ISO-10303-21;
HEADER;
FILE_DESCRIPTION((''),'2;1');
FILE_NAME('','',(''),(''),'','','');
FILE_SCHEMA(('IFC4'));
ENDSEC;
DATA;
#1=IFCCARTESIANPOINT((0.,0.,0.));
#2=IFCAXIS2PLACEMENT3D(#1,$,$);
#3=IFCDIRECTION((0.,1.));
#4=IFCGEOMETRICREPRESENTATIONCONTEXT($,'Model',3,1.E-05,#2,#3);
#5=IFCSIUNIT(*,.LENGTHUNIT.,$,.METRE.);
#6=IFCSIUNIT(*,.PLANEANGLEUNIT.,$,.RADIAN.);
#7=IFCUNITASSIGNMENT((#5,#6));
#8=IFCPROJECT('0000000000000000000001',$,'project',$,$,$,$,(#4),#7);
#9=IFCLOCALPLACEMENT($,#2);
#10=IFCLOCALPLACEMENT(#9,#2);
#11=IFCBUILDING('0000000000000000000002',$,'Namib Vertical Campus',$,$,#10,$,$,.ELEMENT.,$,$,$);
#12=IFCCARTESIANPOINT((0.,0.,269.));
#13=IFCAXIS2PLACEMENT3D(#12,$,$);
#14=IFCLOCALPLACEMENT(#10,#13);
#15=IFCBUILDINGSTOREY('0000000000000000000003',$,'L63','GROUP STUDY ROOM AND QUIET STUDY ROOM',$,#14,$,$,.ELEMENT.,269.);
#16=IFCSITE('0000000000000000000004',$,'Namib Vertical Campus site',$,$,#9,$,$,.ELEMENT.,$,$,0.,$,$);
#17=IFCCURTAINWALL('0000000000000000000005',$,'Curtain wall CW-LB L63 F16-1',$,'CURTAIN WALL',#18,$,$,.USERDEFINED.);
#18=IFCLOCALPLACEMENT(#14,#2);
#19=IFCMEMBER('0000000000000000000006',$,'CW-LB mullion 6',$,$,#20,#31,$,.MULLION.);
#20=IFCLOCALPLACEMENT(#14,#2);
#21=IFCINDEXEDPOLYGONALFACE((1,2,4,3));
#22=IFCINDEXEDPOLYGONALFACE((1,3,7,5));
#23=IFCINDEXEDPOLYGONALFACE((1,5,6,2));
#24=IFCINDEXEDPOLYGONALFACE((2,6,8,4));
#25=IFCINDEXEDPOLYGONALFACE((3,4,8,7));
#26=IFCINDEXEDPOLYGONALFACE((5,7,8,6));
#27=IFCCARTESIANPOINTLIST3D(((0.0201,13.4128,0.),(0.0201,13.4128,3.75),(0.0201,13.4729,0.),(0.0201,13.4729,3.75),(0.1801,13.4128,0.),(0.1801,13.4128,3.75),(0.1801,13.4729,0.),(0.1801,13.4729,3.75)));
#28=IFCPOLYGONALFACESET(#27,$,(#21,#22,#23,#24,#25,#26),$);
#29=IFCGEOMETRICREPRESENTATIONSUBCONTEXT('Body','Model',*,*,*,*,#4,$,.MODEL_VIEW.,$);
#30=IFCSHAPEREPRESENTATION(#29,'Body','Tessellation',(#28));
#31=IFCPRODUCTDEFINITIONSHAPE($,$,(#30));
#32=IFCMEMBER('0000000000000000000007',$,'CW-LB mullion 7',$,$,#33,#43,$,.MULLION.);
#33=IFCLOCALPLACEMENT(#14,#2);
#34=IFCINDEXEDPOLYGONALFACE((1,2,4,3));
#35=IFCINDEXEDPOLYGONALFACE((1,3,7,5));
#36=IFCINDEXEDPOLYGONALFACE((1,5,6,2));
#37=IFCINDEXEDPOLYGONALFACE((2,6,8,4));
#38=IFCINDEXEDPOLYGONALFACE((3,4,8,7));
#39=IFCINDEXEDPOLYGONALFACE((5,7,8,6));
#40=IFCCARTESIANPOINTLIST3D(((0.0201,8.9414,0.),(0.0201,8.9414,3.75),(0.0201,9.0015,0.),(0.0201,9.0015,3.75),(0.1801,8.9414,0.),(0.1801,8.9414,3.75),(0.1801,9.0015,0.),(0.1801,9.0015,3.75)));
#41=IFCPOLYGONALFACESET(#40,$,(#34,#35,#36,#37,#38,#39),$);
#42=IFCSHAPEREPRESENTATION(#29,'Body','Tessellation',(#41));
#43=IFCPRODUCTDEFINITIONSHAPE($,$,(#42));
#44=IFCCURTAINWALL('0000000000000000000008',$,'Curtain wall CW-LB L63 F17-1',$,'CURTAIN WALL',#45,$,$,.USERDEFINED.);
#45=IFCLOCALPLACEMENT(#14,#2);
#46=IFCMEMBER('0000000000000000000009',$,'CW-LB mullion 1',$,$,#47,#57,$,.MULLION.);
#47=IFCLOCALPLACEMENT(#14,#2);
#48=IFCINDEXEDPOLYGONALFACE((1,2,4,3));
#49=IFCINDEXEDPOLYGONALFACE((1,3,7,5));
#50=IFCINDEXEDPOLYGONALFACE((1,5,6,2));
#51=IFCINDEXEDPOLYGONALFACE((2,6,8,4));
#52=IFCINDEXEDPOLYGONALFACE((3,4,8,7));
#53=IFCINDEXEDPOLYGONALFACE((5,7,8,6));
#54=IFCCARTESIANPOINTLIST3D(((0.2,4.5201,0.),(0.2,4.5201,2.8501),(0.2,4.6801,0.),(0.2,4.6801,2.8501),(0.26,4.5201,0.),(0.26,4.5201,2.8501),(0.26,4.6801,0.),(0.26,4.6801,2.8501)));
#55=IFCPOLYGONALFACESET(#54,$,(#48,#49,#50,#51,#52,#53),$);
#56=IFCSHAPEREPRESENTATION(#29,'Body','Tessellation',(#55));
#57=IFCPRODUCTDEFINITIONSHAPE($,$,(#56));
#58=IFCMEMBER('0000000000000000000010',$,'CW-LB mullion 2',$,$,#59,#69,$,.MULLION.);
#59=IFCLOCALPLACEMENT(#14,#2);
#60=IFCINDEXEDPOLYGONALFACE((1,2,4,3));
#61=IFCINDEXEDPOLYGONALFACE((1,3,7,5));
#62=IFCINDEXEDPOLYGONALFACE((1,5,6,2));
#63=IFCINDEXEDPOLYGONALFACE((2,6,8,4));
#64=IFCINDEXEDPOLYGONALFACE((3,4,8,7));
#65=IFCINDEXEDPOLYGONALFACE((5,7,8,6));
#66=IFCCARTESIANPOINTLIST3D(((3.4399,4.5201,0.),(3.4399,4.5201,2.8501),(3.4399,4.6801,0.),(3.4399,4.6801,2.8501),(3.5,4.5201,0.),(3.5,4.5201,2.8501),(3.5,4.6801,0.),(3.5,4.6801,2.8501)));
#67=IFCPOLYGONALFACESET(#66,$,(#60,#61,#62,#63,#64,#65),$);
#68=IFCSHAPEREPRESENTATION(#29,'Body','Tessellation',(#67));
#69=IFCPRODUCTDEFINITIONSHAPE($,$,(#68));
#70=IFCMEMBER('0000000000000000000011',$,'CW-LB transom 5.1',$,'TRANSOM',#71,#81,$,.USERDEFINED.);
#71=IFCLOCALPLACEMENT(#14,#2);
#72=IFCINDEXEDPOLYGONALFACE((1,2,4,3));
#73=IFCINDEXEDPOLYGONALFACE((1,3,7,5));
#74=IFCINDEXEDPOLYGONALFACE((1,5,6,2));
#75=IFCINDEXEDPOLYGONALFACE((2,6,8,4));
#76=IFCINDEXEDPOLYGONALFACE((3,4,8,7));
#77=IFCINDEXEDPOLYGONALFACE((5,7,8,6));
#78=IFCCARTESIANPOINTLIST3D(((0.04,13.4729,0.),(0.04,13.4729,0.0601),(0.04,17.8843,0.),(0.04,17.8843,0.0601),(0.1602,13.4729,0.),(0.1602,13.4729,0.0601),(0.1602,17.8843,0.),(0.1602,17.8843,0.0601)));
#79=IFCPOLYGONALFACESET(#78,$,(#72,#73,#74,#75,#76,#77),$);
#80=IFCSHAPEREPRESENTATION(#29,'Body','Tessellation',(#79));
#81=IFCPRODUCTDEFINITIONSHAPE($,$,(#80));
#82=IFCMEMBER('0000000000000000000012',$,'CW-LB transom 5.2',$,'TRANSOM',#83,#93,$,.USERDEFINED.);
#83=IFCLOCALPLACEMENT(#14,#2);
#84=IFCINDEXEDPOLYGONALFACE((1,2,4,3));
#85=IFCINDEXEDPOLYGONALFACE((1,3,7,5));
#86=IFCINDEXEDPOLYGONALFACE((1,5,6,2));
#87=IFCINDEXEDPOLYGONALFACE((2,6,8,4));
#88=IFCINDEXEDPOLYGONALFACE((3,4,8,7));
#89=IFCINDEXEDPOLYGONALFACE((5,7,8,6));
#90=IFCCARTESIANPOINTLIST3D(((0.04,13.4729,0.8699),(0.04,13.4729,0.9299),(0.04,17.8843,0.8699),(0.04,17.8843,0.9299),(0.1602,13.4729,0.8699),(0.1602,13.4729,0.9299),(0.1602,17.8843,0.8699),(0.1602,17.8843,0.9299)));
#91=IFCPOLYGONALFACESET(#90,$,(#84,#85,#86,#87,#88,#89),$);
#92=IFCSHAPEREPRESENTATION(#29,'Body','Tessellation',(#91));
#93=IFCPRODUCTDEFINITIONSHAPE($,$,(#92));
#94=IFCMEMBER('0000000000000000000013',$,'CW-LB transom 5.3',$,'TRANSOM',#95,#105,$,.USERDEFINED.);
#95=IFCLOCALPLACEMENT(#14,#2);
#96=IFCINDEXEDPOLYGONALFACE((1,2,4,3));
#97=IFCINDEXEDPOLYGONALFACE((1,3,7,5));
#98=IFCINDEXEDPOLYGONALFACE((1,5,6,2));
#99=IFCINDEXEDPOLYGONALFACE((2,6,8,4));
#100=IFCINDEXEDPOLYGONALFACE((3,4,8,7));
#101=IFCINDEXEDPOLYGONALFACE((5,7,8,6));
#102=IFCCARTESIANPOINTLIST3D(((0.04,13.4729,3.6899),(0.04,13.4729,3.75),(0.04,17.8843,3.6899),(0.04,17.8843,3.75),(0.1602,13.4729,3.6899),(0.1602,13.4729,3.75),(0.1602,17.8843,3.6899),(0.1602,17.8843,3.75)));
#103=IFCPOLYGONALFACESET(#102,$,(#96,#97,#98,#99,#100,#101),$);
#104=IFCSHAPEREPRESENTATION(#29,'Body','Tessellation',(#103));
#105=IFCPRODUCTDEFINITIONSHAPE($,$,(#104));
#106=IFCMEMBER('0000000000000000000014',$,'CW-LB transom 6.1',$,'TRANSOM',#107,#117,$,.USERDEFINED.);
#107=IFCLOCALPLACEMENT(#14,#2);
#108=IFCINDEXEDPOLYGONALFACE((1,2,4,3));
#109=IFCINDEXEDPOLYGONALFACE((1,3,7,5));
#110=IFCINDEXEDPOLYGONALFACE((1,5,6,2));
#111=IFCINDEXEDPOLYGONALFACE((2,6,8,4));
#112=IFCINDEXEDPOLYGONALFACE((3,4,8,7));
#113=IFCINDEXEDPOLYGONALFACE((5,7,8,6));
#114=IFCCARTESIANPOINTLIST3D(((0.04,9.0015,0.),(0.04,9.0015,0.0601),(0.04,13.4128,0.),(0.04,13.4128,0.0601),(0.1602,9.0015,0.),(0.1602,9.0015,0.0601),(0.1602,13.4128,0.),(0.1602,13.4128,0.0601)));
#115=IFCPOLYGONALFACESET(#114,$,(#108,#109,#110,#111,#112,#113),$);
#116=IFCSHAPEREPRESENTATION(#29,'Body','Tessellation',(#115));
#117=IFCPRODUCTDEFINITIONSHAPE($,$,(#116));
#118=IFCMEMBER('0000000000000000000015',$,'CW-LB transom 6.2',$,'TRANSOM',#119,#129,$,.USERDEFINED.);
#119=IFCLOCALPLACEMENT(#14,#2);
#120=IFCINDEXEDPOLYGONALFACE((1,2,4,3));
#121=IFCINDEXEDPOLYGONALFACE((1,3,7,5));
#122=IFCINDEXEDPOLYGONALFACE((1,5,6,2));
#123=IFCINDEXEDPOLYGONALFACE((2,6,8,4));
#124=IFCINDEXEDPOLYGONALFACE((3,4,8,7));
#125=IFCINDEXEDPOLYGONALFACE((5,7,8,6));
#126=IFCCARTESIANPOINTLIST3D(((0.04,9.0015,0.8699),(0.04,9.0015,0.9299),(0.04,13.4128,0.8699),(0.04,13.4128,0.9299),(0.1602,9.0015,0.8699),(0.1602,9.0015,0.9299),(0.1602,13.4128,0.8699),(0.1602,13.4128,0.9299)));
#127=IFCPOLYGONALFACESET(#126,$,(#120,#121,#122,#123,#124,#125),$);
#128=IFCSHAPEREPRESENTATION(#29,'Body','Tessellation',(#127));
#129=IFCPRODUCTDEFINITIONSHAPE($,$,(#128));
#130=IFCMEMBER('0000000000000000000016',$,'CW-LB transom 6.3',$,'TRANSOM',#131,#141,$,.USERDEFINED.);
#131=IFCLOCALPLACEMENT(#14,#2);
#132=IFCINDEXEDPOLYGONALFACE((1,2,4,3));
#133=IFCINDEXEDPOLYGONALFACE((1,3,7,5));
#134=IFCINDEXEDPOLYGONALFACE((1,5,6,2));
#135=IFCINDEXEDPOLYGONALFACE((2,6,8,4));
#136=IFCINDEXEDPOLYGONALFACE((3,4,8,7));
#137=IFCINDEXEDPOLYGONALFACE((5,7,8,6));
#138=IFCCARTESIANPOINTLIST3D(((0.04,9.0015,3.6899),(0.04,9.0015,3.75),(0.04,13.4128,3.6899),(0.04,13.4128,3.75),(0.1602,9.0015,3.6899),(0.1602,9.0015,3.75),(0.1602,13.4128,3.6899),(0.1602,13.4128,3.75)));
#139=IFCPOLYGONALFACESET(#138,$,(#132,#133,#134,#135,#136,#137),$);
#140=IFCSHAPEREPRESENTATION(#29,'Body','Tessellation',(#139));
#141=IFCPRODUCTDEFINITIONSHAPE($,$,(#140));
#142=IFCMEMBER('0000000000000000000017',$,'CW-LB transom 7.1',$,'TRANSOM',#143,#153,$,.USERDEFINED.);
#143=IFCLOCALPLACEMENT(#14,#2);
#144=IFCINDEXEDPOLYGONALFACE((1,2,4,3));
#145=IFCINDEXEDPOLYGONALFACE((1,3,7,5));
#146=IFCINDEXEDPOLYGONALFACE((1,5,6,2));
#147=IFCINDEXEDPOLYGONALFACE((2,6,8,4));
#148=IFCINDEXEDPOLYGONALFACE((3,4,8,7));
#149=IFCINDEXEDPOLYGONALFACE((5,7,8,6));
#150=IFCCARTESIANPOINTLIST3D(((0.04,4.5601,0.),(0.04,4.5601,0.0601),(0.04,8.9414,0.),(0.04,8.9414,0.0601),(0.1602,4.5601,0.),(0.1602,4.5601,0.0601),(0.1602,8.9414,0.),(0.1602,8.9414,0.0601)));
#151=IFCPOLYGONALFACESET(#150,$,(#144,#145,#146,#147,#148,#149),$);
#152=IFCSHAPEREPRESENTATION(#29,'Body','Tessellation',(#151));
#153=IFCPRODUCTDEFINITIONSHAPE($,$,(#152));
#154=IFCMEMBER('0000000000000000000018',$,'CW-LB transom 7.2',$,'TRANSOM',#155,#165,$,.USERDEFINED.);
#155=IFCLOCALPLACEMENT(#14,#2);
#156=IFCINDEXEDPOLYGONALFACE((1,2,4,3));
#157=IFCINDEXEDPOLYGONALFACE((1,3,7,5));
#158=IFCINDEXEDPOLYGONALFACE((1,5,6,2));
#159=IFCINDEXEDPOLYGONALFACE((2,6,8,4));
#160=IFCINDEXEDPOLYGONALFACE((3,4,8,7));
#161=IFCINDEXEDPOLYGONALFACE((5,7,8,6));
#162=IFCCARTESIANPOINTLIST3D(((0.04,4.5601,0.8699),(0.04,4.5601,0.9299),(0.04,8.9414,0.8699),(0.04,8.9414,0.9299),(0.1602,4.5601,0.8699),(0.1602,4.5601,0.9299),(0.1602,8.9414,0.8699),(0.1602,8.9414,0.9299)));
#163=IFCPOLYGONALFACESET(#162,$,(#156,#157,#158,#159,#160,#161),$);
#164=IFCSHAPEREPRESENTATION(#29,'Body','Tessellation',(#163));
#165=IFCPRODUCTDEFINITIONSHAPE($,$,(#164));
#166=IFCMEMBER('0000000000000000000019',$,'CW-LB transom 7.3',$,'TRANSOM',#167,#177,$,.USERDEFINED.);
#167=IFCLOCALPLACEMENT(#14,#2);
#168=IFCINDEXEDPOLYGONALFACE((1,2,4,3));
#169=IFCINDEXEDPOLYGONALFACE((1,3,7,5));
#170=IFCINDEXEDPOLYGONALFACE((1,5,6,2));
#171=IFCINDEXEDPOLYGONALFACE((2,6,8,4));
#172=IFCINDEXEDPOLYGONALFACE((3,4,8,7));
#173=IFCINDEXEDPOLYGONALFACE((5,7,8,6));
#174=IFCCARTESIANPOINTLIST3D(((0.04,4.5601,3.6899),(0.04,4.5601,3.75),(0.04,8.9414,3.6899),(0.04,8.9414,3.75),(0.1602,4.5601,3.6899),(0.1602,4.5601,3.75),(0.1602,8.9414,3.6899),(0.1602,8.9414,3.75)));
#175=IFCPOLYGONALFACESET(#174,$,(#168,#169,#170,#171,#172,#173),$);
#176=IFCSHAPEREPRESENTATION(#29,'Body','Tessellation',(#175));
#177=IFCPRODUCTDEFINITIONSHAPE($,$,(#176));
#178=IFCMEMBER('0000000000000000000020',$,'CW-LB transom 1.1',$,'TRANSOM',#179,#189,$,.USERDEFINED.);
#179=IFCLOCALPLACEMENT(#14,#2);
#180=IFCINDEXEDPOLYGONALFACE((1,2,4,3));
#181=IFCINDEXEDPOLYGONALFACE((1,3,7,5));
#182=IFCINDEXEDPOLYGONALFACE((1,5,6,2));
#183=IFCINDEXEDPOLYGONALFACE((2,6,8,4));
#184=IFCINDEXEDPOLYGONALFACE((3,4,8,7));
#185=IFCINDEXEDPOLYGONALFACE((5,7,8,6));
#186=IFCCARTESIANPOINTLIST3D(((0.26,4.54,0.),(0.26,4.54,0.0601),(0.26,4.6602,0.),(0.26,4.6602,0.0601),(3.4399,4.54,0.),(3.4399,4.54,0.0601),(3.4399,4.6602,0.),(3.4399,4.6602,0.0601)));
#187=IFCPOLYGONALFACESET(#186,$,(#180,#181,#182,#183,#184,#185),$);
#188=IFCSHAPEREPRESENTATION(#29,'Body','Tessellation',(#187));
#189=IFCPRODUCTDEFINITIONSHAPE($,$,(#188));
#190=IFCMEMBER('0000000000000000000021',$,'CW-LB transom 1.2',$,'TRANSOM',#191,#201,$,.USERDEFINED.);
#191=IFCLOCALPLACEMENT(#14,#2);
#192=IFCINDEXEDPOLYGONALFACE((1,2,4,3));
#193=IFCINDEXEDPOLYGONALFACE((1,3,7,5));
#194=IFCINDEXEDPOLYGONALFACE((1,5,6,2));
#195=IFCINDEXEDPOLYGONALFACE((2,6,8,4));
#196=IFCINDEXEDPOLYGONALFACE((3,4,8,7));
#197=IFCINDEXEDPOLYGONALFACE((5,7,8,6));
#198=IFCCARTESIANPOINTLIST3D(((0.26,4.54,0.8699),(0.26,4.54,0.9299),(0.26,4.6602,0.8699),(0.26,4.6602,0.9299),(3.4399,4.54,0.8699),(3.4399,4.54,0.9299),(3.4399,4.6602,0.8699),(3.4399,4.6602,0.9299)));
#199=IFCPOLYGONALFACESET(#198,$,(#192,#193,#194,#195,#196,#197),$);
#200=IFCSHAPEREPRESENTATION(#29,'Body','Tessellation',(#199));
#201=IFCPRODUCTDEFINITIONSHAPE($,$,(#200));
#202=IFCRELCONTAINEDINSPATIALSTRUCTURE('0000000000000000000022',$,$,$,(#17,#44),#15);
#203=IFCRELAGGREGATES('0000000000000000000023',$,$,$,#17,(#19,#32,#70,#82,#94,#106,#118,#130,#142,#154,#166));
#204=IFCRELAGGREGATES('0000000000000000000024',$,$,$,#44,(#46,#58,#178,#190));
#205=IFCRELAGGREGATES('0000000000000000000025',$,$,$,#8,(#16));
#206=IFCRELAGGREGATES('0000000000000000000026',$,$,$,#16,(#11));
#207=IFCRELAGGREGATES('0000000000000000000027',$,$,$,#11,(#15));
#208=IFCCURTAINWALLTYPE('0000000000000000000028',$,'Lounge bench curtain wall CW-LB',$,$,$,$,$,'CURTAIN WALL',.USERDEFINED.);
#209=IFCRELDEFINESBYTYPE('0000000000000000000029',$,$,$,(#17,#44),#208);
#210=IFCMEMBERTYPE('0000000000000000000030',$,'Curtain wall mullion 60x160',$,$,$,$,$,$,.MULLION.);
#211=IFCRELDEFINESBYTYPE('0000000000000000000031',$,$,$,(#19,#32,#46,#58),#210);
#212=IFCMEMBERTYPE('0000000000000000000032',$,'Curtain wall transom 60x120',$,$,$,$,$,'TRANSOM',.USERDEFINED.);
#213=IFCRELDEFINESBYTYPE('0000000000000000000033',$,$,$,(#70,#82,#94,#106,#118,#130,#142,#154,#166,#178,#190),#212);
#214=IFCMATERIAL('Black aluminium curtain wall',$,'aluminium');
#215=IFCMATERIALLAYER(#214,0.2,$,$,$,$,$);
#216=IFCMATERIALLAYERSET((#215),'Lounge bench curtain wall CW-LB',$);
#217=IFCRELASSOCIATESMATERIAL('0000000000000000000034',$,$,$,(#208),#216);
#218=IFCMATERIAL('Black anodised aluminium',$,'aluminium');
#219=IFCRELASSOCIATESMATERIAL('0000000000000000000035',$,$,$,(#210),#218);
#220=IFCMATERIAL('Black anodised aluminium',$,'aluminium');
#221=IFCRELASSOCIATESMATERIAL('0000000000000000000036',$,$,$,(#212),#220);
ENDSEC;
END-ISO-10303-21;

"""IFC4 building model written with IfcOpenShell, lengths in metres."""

from ifc_helpers import new_model, si_unit, direction, frame, origin, origin_2d, place, context, subcontext, project, spatial, rectangle, extrude, material, layer, layer_set, material_profile, profile_set, type_object, element, aggregate, save


model = new_model("IFC4")

# Units and contexts
model_context = context("Model", 3, precision=1e-05, world=origin(), true_north=direction((0.0, 1.0)))
body_context = subcontext(model_context, "Body", "Model", "MODEL_VIEW")
ifc_project = project(units=[si_unit("LENGTHUNIT", "METRE"), si_unit("PLANEANGLEUNIT", "RADIAN")], contexts=[model_context])

# Site, building, storey
site_placement = place(None, origin())
site = spatial("IfcSite", under=ifc_project, at=site_placement, Name="Namib Vertical Campus site", CompositionType="ELEMENT", RefElevation=0.0)
building_placement = place(site_placement, origin())
building = spatial("IfcBuilding", under=site, at=building_placement, Name="Namib Vertical Campus", CompositionType="ELEMENT")
storey_placement = place(building_placement, frame((0.0, 0.0, 269.0)))
storey = spatial("IfcBuildingStorey", under=building, at=storey_placement, Name="L63", Description="GROUP STUDY ROOM AND QUIET STUDY ROOM", CompositionType="ELEMENT", Elevation=269.0)

# Curtain walls, members
ifc_material_1 = material(Name="Black aluminium curtain wall", Category="aluminium")
ifc_layer_1 = layer(ifc_material_1, 0.2)
ifc_layer_set_1 = layer_set([ifc_layer_1], Name="Lounge bench curtain wall CW-LB")
curtain_wall_type = type_object("IfcCurtainWallType", Name="Lounge bench curtain wall CW-LB", ElementType="CURTAIN WALL", PredefinedType="USERDEFINED", material=ifc_layer_set_1)
curtain_wall_1_placement = place(storey_placement, origin())
curtain_wall_1 = element("IfcCurtainWall", 1, at=curtain_wall_1_placement, inside=storey, type_object=curtain_wall_type, Name="Curtain wall CW-LB L63 F16-1", ObjectType="CURTAIN WALL", PredefinedType="USERDEFINED")
ifc_material_2 = material(Name="Black anodised aluminium", Category="aluminium")
ifc_material_profile_1 = material_profile(ifc_material_2, rectangle(XDim=0.0601, YDim=0.1599, at=origin_2d()))
ifc_profile_set_1 = profile_set([ifc_material_profile_1], Name="Black anodised aluminium")
member_type_1 = type_object("IfcMemberType", Name="Curtain wall mullion 60x160", PredefinedType="MULLION", material=ifc_profile_set_1)
member_1_placement = place(storey_placement, frame((0.1001, 13.4429, 0.0), z_axis=(0.0, 0.0, 1.0), x_axis=(0.0, -1.0, 0.0)))
member_1 = element("IfcMember", 2, at=member_1_placement, type_object=member_type_1, Name="CW-LB mullion 6", PredefinedType="MULLION", context=body_context, shape_type="SweptSolid", body=[
    extrude(rectangle(XDim=0.0601, YDim=0.1599, at=origin_2d()), origin(), (0.0, 0.0, 1.0), 3.75),
])
member_2_placement = place(storey_placement, frame((0.1001, 8.9714, 0.0), z_axis=(0.0, 0.0, 1.0), x_axis=(0.0, -1.0, 0.0)))
member_2 = element("IfcMember", 3, at=member_2_placement, type_object=member_type_1, Name="CW-LB mullion 7", PredefinedType="MULLION", context=body_context, shape_type="SweptSolid", body=[
    extrude(rectangle(XDim=0.0601, YDim=0.1599, at=origin_2d()), origin(), (0.0, 0.0, 1.0), 3.75),
])
curtain_wall_2_placement = place(storey_placement, origin())
curtain_wall_2 = element("IfcCurtainWall", 4, at=curtain_wall_2_placement, inside=storey, type_object=curtain_wall_type, Name="Curtain wall CW-LB L63 F17-1", ObjectType="CURTAIN WALL", PredefinedType="USERDEFINED")
member_3_placement = place(storey_placement, frame((0.23, 4.6001, 0.0), z_axis=(0.0, 0.0, 1.0), x_axis=(1.0, 0.0, 0.0)))
member_3 = element("IfcMember", 5, at=member_3_placement, type_object=member_type_1, Name="CW-LB mullion 1", PredefinedType="MULLION", context=body_context, shape_type="SweptSolid", body=[
    extrude(rectangle(XDim=0.0601, YDim=0.1599, at=origin_2d()), origin(), (0.0, 0.0, 1.0), 2.8501),
])
member_4_placement = place(storey_placement, frame((3.47, 4.6001, 0.0), z_axis=(0.0, 0.0, 1.0), x_axis=(1.0, 0.0, 0.0)))
member_4 = element("IfcMember", 6, at=member_4_placement, type_object=member_type_1, Name="CW-LB mullion 2", PredefinedType="MULLION", context=body_context, shape_type="SweptSolid", body=[
    extrude(rectangle(XDim=0.0601, YDim=0.1599, at=origin_2d()), origin(), (0.0, 0.0, 1.0), 2.8501),
])

# Members
ifc_material_3 = material(Name="Black anodised aluminium", Category="aluminium")
ifc_material_profile_2 = material_profile(ifc_material_3, rectangle(XDim=0.0601, YDim=0.1201, at=origin_2d()))
ifc_profile_set_2 = profile_set([ifc_material_profile_2], Name="Black anodised aluminium")
member_type_2 = type_object("IfcMemberType", Name="Curtain wall transom 60x120", ElementType="TRANSOM", PredefinedType="USERDEFINED", material=ifc_profile_set_2)
member_5_placement = place(storey_placement, frame((0.1001, 17.8843, 0.03), z_axis=(0.0, -1.0, 0.0), x_axis=(0.0, 0.0, 1.0)))
member_5 = element("IfcMember", 7, at=member_5_placement, type_object=member_type_2, Name="CW-LB transom 5.1", ObjectType="TRANSOM", PredefinedType="USERDEFINED", context=body_context, shape_type="SweptSolid", body=[
    extrude(rectangle(XDim=0.0601, YDim=0.1201, at=origin_2d()), origin(), (0.0, 0.0, 1.0), 4.4114),
])
member_6_placement = place(storey_placement, frame((0.1001, 17.8843, 0.8999), z_axis=(0.0, -1.0, 0.0), x_axis=(0.0, 0.0, 1.0)))
member_6 = element("IfcMember", 8, at=member_6_placement, type_object=member_type_2, Name="CW-LB transom 5.2", ObjectType="TRANSOM", PredefinedType="USERDEFINED", context=body_context, shape_type="SweptSolid", body=[
    extrude(rectangle(XDim=0.0601, YDim=0.1201, at=origin_2d()), origin(), (0.0, 0.0, 1.0), 4.4114),
])
member_7_placement = place(storey_placement, frame((0.1001, 17.8843, 3.72), z_axis=(0.0, -1.0, 0.0), x_axis=(0.0, 0.0, 1.0)))
member_7 = element("IfcMember", 9, at=member_7_placement, type_object=member_type_2, Name="CW-LB transom 5.3", ObjectType="TRANSOM", PredefinedType="USERDEFINED", context=body_context, shape_type="SweptSolid", body=[
    extrude(rectangle(XDim=0.0601, YDim=0.1201, at=origin_2d()), origin(), (0.0, 0.0, 1.0), 4.4114),
])
member_8_placement = place(storey_placement, frame((0.1001, 13.4128, 0.03), z_axis=(0.0, -1.0, 0.0), x_axis=(0.0, 0.0, 1.0)))
member_8 = element("IfcMember", 10, at=member_8_placement, type_object=member_type_2, Name="CW-LB transom 6.1", ObjectType="TRANSOM", PredefinedType="USERDEFINED", context=body_context, shape_type="SweptSolid", body=[
    extrude(rectangle(XDim=0.0601, YDim=0.1201, at=origin_2d()), origin(), (0.0, 0.0, 1.0), 4.4114),
])
member_9_placement = place(storey_placement, frame((0.1001, 13.4128, 0.8999), z_axis=(0.0, -1.0, 0.0), x_axis=(0.0, 0.0, 1.0)))
member_9 = element("IfcMember", 11, at=member_9_placement, type_object=member_type_2, Name="CW-LB transom 6.2", ObjectType="TRANSOM", PredefinedType="USERDEFINED", context=body_context, shape_type="SweptSolid", body=[
    extrude(rectangle(XDim=0.0601, YDim=0.1201, at=origin_2d()), origin(), (0.0, 0.0, 1.0), 4.4114),
])
member_10_placement = place(storey_placement, frame((0.1001, 13.4128, 3.72), z_axis=(0.0, -1.0, 0.0), x_axis=(0.0, 0.0, 1.0)))
member_10 = element("IfcMember", 12, at=member_10_placement, type_object=member_type_2, Name="CW-LB transom 6.3", ObjectType="TRANSOM", PredefinedType="USERDEFINED", context=body_context, shape_type="SweptSolid", body=[
    extrude(rectangle(XDim=0.0601, YDim=0.1201, at=origin_2d()), origin(), (0.0, 0.0, 1.0), 4.4114),
])
member_11_placement = place(storey_placement, frame((0.1001, 8.9414, 0.03), z_axis=(0.0, -1.0, 0.0), x_axis=(0.0, 0.0, 1.0)))
member_11 = element("IfcMember", 13, at=member_11_placement, type_object=member_type_2, Name="CW-LB transom 7.1", ObjectType="TRANSOM", PredefinedType="USERDEFINED", context=body_context, shape_type="SweptSolid", body=[
    extrude(rectangle(XDim=0.0601, YDim=0.1201, at=origin_2d()), origin(), (0.0, 0.0, 1.0), 4.3813),
])
member_12_placement = place(storey_placement, frame((0.1001, 8.9414, 0.8999), z_axis=(0.0, -1.0, 0.0), x_axis=(0.0, 0.0, 1.0)))
member_12 = element("IfcMember", 14, at=member_12_placement, type_object=member_type_2, Name="CW-LB transom 7.2", ObjectType="TRANSOM", PredefinedType="USERDEFINED", context=body_context, shape_type="SweptSolid", body=[
    extrude(rectangle(XDim=0.0601, YDim=0.1201, at=origin_2d()), origin(), (0.0, 0.0, 1.0), 4.3813),
])
member_13_placement = place(storey_placement, frame((0.1001, 8.9414, 3.72), z_axis=(0.0, -1.0, 0.0), x_axis=(0.0, 0.0, 1.0)))
member_13 = element("IfcMember", 15, at=member_13_placement, type_object=member_type_2, Name="CW-LB transom 7.3", ObjectType="TRANSOM", PredefinedType="USERDEFINED", context=body_context, shape_type="SweptSolid", body=[
    extrude(rectangle(XDim=0.0601, YDim=0.1201, at=origin_2d()), origin(), (0.0, 0.0, 1.0), 4.3813),
])
member_14_placement = place(storey_placement, frame((0.26, 4.6001, 0.03), z_axis=(1.0, 0.0, 0.0), x_axis=(0.0, 0.0, 1.0)))
member_14 = element("IfcMember", 16, at=member_14_placement, type_object=member_type_2, Name="CW-LB transom 1.1", ObjectType="TRANSOM", PredefinedType="USERDEFINED", context=body_context, shape_type="SweptSolid", body=[
    extrude(rectangle(XDim=0.0601, YDim=0.1201, at=origin_2d()), origin(), (0.0, 0.0, 1.0), 3.1799),
])
member_15_placement = place(storey_placement, frame((0.26, 4.6001, 0.8999), z_axis=(1.0, 0.0, 0.0), x_axis=(0.0, 0.0, 1.0)))
member_15 = element("IfcMember", 17, at=member_15_placement, type_object=member_type_2, Name="CW-LB transom 1.2", ObjectType="TRANSOM", PredefinedType="USERDEFINED", context=body_context, shape_type="SweptSolid", body=[
    extrude(rectangle(XDim=0.0601, YDim=0.1201, at=origin_2d()), origin(), (0.0, 0.0, 1.0), 3.1799),
])

aggregate(curtain_wall_1, [member_1, member_2, member_5, member_6, member_7, member_8, member_9, member_10, member_11, member_12, member_13])
aggregate(curtain_wall_2, [member_3, member_4, member_14, member_15])

save(model, "model.ifc")
